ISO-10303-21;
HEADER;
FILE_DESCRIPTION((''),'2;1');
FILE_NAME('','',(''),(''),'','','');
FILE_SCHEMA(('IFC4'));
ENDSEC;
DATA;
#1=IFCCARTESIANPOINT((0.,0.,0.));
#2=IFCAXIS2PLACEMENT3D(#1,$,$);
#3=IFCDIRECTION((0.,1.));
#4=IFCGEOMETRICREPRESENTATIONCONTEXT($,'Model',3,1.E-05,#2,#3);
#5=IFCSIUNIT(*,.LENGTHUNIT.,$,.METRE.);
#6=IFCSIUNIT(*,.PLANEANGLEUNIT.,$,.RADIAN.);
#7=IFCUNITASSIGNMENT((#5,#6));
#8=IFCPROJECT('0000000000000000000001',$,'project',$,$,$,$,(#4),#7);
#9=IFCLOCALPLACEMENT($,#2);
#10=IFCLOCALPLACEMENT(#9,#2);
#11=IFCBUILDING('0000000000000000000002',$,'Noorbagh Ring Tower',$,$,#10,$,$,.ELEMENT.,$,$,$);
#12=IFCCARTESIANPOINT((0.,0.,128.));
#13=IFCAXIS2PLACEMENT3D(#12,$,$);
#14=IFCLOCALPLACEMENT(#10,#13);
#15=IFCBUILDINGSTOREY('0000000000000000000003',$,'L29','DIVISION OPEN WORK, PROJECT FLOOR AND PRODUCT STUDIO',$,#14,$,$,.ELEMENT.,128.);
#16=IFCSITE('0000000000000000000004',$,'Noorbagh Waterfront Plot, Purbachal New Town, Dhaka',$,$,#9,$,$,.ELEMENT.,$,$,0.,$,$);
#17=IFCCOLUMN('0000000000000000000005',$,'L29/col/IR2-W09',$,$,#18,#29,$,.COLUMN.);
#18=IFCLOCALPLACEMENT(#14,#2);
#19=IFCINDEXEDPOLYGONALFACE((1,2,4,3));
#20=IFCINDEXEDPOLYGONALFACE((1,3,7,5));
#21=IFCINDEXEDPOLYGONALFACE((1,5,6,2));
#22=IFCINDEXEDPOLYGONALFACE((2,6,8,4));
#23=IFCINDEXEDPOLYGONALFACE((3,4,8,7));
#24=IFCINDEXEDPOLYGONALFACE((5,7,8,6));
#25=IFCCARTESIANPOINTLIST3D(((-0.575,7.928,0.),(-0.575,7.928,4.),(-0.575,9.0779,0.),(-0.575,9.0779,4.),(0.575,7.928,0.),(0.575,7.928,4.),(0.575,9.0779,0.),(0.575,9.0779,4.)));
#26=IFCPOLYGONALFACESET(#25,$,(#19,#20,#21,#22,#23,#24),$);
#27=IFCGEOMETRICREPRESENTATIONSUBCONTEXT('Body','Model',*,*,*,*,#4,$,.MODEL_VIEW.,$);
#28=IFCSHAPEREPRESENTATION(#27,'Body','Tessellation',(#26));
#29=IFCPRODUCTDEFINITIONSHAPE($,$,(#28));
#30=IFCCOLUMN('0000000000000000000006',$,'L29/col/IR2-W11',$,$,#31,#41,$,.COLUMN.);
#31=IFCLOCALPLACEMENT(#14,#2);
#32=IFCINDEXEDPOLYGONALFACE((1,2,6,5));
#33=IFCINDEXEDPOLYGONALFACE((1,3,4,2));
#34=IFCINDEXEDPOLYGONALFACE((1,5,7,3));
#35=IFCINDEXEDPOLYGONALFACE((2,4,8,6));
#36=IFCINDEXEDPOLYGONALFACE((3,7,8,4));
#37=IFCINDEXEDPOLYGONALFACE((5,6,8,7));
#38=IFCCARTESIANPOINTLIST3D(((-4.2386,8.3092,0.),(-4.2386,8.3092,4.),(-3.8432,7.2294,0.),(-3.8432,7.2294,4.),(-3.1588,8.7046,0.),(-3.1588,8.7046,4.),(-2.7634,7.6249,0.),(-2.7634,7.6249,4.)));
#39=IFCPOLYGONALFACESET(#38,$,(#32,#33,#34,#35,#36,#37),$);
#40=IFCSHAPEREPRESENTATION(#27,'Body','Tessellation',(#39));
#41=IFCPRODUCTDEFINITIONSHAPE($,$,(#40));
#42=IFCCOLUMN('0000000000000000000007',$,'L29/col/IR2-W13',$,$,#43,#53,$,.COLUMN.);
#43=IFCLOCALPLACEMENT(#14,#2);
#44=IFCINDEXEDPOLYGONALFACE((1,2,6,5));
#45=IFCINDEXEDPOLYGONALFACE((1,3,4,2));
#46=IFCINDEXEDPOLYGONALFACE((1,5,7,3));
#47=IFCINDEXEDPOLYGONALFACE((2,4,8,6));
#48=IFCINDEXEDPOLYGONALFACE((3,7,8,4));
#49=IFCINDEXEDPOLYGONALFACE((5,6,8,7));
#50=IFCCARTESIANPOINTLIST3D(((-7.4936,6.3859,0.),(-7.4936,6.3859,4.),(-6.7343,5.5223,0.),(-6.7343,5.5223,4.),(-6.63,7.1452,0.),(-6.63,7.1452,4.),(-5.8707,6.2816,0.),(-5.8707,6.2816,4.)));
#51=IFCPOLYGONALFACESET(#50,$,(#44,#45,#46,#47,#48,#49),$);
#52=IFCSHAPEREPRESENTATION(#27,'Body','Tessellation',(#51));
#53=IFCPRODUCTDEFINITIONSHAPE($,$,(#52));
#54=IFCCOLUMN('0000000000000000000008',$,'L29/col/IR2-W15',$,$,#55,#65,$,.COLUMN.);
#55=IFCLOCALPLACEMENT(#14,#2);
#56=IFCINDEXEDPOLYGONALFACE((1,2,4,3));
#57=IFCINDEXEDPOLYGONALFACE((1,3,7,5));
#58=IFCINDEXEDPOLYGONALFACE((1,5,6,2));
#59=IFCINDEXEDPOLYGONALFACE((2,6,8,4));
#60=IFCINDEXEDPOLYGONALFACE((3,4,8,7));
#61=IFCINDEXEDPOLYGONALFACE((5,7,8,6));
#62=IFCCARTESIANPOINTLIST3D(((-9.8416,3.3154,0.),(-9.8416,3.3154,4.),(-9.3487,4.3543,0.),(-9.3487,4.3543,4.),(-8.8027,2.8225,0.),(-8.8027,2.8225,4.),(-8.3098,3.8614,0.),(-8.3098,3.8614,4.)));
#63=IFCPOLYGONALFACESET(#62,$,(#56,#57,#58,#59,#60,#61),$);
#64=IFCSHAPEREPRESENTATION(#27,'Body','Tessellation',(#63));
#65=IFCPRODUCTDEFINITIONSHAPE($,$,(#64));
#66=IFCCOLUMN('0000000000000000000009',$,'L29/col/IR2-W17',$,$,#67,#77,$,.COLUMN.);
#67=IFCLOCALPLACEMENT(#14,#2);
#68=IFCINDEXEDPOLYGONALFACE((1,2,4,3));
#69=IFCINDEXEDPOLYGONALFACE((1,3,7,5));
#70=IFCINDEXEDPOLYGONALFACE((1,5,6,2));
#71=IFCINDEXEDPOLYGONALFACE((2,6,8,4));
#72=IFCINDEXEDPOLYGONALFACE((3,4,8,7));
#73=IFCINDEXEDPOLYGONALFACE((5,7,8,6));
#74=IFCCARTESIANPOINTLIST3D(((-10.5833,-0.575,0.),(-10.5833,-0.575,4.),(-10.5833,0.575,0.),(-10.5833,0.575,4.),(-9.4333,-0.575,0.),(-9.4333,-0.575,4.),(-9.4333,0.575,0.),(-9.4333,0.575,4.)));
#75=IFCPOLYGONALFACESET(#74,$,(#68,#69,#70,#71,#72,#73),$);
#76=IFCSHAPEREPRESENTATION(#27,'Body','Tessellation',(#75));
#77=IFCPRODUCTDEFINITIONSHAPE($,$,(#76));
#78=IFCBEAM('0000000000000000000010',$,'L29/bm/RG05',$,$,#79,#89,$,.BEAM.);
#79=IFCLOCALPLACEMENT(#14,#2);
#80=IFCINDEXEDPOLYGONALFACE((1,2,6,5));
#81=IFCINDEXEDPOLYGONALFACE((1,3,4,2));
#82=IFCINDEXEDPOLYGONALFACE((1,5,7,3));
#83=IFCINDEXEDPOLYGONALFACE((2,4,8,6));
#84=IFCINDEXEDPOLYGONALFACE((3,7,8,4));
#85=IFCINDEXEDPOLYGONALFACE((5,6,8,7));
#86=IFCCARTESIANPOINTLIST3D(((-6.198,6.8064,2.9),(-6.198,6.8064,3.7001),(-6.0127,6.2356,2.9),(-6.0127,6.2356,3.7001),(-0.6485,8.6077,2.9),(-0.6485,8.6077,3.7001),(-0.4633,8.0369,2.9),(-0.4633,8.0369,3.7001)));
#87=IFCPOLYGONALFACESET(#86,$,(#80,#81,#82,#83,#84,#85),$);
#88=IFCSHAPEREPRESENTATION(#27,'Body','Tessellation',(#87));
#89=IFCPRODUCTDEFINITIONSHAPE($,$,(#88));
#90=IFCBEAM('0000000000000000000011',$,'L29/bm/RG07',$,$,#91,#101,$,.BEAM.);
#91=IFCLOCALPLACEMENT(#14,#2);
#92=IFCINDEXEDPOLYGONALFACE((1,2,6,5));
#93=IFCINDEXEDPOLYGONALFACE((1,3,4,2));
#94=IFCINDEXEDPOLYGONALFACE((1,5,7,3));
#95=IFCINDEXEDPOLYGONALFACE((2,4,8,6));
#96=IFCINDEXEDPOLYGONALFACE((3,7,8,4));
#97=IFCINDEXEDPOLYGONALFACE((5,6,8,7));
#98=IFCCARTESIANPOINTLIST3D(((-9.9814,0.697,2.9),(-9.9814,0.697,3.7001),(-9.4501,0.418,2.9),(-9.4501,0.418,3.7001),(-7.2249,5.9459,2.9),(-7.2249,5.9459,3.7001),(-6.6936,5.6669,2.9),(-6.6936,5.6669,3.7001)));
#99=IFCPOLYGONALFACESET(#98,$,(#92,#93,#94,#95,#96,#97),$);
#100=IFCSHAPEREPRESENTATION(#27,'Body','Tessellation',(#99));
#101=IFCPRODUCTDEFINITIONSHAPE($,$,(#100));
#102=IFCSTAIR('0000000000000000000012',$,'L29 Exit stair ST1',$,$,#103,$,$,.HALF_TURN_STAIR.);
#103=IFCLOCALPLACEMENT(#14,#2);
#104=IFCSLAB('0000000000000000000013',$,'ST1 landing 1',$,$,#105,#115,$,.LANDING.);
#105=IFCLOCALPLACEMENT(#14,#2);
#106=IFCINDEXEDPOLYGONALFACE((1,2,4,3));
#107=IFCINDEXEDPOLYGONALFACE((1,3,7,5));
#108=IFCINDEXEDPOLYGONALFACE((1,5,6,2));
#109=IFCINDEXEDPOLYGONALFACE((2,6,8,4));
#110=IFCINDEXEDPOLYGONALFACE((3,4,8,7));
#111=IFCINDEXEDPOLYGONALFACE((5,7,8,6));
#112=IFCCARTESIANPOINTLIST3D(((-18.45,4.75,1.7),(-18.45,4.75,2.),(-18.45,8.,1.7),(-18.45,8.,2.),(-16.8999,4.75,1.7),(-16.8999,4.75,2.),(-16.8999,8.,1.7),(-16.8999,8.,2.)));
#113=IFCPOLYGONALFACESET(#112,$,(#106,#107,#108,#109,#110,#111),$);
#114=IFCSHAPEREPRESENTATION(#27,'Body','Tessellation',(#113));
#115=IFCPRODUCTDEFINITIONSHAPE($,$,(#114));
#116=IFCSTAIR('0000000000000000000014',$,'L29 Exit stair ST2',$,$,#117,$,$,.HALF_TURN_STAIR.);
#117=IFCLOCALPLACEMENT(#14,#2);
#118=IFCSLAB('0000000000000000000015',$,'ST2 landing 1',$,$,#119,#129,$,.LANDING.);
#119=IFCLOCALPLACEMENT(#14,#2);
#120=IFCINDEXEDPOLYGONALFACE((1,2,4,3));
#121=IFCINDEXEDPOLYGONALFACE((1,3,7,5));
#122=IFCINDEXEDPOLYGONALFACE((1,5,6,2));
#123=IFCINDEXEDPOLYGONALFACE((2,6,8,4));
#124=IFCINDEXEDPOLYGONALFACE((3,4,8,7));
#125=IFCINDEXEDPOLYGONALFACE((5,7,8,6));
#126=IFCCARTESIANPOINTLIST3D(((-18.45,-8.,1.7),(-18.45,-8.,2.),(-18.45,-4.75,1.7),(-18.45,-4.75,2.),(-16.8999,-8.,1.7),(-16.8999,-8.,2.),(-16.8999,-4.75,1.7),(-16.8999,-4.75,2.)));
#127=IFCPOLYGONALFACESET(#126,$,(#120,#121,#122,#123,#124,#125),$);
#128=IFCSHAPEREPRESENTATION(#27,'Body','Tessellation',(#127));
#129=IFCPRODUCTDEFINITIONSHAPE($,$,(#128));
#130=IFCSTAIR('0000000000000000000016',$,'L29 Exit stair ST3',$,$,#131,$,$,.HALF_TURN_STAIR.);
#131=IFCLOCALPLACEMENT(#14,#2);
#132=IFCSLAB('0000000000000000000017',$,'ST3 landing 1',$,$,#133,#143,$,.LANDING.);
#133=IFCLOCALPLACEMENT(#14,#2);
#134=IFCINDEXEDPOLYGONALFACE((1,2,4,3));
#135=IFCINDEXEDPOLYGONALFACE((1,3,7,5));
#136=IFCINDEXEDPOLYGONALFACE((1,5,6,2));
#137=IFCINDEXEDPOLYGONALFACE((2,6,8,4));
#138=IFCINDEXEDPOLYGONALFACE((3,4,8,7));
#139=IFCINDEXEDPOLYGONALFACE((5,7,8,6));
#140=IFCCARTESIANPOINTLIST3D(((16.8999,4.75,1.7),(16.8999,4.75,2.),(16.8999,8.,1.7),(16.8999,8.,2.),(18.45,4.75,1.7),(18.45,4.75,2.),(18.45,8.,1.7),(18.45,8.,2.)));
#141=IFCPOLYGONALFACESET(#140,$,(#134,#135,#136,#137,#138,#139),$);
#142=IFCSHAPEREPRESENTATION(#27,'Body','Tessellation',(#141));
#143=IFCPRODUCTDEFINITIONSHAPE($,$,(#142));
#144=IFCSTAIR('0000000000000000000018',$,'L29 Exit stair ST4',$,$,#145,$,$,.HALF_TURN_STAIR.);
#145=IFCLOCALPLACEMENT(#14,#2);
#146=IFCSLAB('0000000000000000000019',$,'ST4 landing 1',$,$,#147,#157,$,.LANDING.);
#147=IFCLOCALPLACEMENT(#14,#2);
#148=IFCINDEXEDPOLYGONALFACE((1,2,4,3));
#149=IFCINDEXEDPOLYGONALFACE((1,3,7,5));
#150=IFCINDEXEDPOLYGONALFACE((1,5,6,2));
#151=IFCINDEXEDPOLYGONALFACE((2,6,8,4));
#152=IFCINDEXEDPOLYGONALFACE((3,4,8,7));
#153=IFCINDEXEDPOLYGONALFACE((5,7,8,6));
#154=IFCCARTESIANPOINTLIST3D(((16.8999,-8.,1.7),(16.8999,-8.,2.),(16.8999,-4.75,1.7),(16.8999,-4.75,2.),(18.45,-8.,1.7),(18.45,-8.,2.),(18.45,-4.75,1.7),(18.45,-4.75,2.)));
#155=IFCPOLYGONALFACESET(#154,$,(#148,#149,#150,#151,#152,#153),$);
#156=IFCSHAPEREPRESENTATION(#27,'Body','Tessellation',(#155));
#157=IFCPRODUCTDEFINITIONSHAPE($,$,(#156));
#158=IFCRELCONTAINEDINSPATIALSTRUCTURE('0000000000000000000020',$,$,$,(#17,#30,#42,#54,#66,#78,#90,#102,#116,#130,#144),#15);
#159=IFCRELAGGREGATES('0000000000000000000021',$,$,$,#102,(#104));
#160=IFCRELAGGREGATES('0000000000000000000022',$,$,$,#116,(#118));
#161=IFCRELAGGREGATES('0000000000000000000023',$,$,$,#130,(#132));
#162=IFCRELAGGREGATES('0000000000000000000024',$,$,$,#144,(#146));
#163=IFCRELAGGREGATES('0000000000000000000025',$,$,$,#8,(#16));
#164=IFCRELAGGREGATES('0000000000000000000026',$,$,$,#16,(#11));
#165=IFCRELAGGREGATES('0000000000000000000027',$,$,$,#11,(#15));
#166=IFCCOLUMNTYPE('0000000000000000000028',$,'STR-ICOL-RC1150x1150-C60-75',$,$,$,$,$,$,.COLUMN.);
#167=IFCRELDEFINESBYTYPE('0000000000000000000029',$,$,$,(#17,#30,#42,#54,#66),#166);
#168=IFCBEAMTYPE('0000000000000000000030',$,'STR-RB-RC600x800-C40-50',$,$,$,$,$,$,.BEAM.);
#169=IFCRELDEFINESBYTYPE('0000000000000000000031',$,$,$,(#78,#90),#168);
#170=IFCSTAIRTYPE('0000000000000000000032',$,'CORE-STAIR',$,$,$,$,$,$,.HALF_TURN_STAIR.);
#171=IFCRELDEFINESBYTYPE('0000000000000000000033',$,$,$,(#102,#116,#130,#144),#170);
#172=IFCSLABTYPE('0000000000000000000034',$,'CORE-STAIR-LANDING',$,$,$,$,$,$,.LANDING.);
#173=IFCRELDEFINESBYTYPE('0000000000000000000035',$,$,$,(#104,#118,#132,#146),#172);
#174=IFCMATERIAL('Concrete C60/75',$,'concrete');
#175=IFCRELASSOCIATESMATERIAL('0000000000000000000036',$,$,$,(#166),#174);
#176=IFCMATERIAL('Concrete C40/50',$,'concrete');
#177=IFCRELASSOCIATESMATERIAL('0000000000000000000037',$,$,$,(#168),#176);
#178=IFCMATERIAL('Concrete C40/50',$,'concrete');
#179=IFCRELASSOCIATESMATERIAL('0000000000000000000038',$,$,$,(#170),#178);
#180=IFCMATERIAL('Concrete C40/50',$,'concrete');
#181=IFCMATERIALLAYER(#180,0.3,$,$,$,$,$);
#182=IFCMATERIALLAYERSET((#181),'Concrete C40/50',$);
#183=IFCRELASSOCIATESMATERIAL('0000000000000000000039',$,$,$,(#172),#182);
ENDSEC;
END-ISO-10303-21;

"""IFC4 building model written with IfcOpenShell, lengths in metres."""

from ifc_helpers import new_model, si_unit, direction, frame, origin, origin_2d, place, context, subcontext, project, spatial, polyline, rectangle, outline, extrude, material, layer, layer_set, material_profile, profile_set, type_object, element, aggregate, save


model = new_model("IFC4")

# Units and contexts
model_context = context("Model", 3, precision=1e-05, world=origin(), true_north=direction((0.0, 1.0)))
body_context = subcontext(model_context, "Body", "Model", "MODEL_VIEW")
ifc_project = project(units=[si_unit("LENGTHUNIT", "METRE"), si_unit("PLANEANGLEUNIT", "RADIAN")], contexts=[model_context])

# Site, building, storey
site_placement = place(None, origin())
site = spatial("IfcSite", under=ifc_project, at=site_placement, Name="Noorbagh Waterfront Plot, Purbachal New Town, Dhaka", CompositionType="ELEMENT", RefElevation=0.0)
building_placement = place(site_placement, origin())
building = spatial("IfcBuilding", under=site, at=building_placement, Name="Noorbagh Ring Tower", CompositionType="ELEMENT")
storey_placement = place(building_placement, frame((0.0, 0.0, 128.0)))
storey = spatial("IfcBuildingStorey", under=building, at=storey_placement, Name="L29", Description="DIVISION OPEN WORK, PROJECT FLOOR AND PRODUCT STUDIO", CompositionType="ELEMENT", Elevation=128.0)

# Columns
ifc_material_1 = material(Name="Concrete C60/75", Category="concrete")
ifc_material_profile_1 = material_profile(ifc_material_1, rectangle(XDim=1.1499, YDim=1.1499, at=origin_2d()), Name="RC1150x1150")
ifc_profile_set_1 = profile_set([ifc_material_profile_1], Name="Concrete C60/75")
column_type = type_object("IfcColumnType", Name="STR-ICOL-RC1150x1150-C60-75", PredefinedType="COLUMN", material=ifc_profile_set_1)
for number, where, z_axis, x_axis, name in (
    (1, (0.0, 8.5029, 0.0), (0.0, 0.0, 1.0), (-1.0, 0.0, 0.0), "L29/col/IR2-W09"),
    (2, (-3.501, 7.967, 0.0), (0.0, 0.0, 1.0), (-0.93902, -0.343864, 0.0), "L29/col/IR2-W11"),
    (3, (-6.6821, 6.3337, 0.0), (0.0, 0.0, 1.0), (-0.751022, -0.660277, 0.0), "L29/col/IR2-W13"),
    (4, (-9.0757, 3.5884, 0.0), (0.0, 0.0, 1.0), (-0.428667, -0.903463, 0.0), "L29/col/IR2-W15"),
    (5, (-10.0083, 0.0, 0.0), (0.0, 0.0, 1.0), (0.0, -1.0, 0.0), "L29/col/IR2-W17"),
):
    element("IfcColumn", number, at=place(storey_placement, frame(where, z_axis=z_axis, x_axis=x_axis)), inside=storey, type_object=column_type, Name=name, PredefinedType="COLUMN", context=body_context, shape_type="SweptSolid", body=[
        extrude(rectangle(XDim=1.1499, YDim=1.1499, at=origin_2d()), origin(), (0.0, 0.0, 1.0), 4.0),
    ])

# Beams
ifc_material_2 = material(Name="Concrete C40/50", Category="concrete")
ifc_material_profile_2 = material_profile(ifc_material_2, rectangle(XDim=0.6001, YDim=0.8, at=origin_2d()), Name="RC600x800")
ifc_profile_set_2 = profile_set([ifc_material_profile_2], Name="Concrete C40/50")
beam_type = type_object("IfcBeamType", Name="STR-RB-RC600x800-C40-50", PredefinedType="BEAM", material=ifc_profile_set_2)
beam_1_placement = place(storey_placement, frame((-0.5559, 8.3223, 3.3), z_axis=(-0.951152, -0.308724, 0.0), x_axis=(0.308724, -0.951152, 0.0)))
element("IfcBeam", 6, at=beam_1_placement, inside=storey, type_object=beam_type, Name="L29/bm/RG05", PredefinedType="BEAM", context=body_context, shape_type="SweptSolid", body=[
    extrude(rectangle(XDim=0.6001, YDim=0.8, at=origin_2d()), origin(), (0.0, 0.0, 1.0), 5.8345),
])
beam_2_placement = place(storey_placement, frame((-6.9592, 5.8064, 3.3), z_axis=(-0.464947, -0.885339, 0.0), x_axis=(0.885339, -0.464947, 0.0)))
element("IfcBeam", 7, at=beam_2_placement, inside=storey, type_object=beam_type, Name="L29/bm/RG07", PredefinedType="BEAM", context=body_context, shape_type="SweptSolid", body=[
    extrude(rectangle(XDim=0.6001, YDim=0.8, at=origin_2d()), origin(), (0.0, 0.0, 1.0), 5.9287),
])

# Stairs, slabs
ifc_material_3 = material(Name="Concrete C40/50", Category="concrete")
stair_type = type_object("IfcStairType", Name="CORE-STAIR", PredefinedType="HALF_TURN_STAIR", material=ifc_material_3)
stair_1_placement = place(storey_placement, origin())
stair_1 = element("IfcStair", 8, at=stair_1_placement, inside=storey, type_object=stair_type, Name="L29 Exit stair ST1", PredefinedType="HALF_TURN_STAIR")
ifc_material_4 = material(Name="Concrete C40/50", Category="concrete")
ifc_layer_1 = layer(ifc_material_4, 0.3)
ifc_layer_set_1 = layer_set([ifc_layer_1], Name="Concrete C40/50")
slab_type_1 = type_object("IfcSlabType", Name="CORE-STAIR-LANDING", PredefinedType="LANDING", material=ifc_layer_set_1)
slab_1_placement = place(storey_placement, frame((0.0, 0.0, 1.7)))
slab_1 = element("IfcSlab", 9, at=slab_1_placement, type_object=slab_type_1, Name="ST1 landing 1", PredefinedType="LANDING", context=body_context, shape_type="SweptSolid", body=[
    extrude(outline(polyline([(-18.45, 4.75), (-16.8999, 4.75), (-16.8999, 8.0), (-18.45, 8.0), (-18.45, 4.75)])), origin(), (0.0, 0.0, 1.0), 0.3),
])
aggregate(stair_1, [slab_1])
stair_2_placement = place(storey_placement, origin())
stair_2 = element("IfcStair", 10, at=stair_2_placement, inside=storey, type_object=stair_type, Name="L29 Exit stair ST2", PredefinedType="HALF_TURN_STAIR")
slab_2_placement = place(storey_placement, frame((0.0, 0.0, 1.7)))
slab_2 = element("IfcSlab", 11, at=slab_2_placement, type_object=slab_type_1, Name="ST2 landing 1", PredefinedType="LANDING", context=body_context, shape_type="SweptSolid", body=[
    extrude(outline(polyline([(-18.45, -8.0), (-16.8999, -8.0), (-16.8999, -4.75), (-18.45, -4.75), (-18.45, -8.0)])), origin(), (0.0, 0.0, 1.0), 0.3),
])
aggregate(stair_2, [slab_2])
stair_3_placement = place(storey_placement, origin())
stair_3 = element("IfcStair", 12, at=stair_3_placement, inside=storey, type_object=stair_type, Name="L29 Exit stair ST3", PredefinedType="HALF_TURN_STAIR")
slab_3_placement = place(storey_placement, frame((0.0, 0.0, 1.7)))
slab_3 = element("IfcSlab", 13, at=slab_3_placement, type_object=slab_type_1, Name="ST3 landing 1", PredefinedType="LANDING", context=body_context, shape_type="SweptSolid", body=[
    extrude(outline(polyline([(18.45, 8.0), (16.8999, 8.0), (16.8999, 4.75), (18.45, 4.75), (18.45, 8.0)])), origin(), (0.0, 0.0, 1.0), 0.3),
])
aggregate(stair_3, [slab_3])
stair_4_placement = place(storey_placement, origin())
stair_4 = element("IfcStair", 14, at=stair_4_placement, inside=storey, type_object=stair_type, Name="L29 Exit stair ST4", PredefinedType="HALF_TURN_STAIR")
slab_4_placement = place(storey_placement, frame((0.0, 0.0, 1.7)))
slab_4 = element("IfcSlab", 15, at=slab_4_placement, type_object=slab_type_1, Name="ST4 landing 1", PredefinedType="LANDING", context=body_context, shape_type="SweptSolid", body=[
    extrude(outline(polyline([(18.45, -4.75), (16.8999, -4.75), (16.8999, -8.0), (18.45, -8.0), (18.45, -4.75)])), origin(), (0.0, 0.0, 1.0), 0.3),
])
aggregate(stair_4, [slab_4])

save(model, "model.ifc")
